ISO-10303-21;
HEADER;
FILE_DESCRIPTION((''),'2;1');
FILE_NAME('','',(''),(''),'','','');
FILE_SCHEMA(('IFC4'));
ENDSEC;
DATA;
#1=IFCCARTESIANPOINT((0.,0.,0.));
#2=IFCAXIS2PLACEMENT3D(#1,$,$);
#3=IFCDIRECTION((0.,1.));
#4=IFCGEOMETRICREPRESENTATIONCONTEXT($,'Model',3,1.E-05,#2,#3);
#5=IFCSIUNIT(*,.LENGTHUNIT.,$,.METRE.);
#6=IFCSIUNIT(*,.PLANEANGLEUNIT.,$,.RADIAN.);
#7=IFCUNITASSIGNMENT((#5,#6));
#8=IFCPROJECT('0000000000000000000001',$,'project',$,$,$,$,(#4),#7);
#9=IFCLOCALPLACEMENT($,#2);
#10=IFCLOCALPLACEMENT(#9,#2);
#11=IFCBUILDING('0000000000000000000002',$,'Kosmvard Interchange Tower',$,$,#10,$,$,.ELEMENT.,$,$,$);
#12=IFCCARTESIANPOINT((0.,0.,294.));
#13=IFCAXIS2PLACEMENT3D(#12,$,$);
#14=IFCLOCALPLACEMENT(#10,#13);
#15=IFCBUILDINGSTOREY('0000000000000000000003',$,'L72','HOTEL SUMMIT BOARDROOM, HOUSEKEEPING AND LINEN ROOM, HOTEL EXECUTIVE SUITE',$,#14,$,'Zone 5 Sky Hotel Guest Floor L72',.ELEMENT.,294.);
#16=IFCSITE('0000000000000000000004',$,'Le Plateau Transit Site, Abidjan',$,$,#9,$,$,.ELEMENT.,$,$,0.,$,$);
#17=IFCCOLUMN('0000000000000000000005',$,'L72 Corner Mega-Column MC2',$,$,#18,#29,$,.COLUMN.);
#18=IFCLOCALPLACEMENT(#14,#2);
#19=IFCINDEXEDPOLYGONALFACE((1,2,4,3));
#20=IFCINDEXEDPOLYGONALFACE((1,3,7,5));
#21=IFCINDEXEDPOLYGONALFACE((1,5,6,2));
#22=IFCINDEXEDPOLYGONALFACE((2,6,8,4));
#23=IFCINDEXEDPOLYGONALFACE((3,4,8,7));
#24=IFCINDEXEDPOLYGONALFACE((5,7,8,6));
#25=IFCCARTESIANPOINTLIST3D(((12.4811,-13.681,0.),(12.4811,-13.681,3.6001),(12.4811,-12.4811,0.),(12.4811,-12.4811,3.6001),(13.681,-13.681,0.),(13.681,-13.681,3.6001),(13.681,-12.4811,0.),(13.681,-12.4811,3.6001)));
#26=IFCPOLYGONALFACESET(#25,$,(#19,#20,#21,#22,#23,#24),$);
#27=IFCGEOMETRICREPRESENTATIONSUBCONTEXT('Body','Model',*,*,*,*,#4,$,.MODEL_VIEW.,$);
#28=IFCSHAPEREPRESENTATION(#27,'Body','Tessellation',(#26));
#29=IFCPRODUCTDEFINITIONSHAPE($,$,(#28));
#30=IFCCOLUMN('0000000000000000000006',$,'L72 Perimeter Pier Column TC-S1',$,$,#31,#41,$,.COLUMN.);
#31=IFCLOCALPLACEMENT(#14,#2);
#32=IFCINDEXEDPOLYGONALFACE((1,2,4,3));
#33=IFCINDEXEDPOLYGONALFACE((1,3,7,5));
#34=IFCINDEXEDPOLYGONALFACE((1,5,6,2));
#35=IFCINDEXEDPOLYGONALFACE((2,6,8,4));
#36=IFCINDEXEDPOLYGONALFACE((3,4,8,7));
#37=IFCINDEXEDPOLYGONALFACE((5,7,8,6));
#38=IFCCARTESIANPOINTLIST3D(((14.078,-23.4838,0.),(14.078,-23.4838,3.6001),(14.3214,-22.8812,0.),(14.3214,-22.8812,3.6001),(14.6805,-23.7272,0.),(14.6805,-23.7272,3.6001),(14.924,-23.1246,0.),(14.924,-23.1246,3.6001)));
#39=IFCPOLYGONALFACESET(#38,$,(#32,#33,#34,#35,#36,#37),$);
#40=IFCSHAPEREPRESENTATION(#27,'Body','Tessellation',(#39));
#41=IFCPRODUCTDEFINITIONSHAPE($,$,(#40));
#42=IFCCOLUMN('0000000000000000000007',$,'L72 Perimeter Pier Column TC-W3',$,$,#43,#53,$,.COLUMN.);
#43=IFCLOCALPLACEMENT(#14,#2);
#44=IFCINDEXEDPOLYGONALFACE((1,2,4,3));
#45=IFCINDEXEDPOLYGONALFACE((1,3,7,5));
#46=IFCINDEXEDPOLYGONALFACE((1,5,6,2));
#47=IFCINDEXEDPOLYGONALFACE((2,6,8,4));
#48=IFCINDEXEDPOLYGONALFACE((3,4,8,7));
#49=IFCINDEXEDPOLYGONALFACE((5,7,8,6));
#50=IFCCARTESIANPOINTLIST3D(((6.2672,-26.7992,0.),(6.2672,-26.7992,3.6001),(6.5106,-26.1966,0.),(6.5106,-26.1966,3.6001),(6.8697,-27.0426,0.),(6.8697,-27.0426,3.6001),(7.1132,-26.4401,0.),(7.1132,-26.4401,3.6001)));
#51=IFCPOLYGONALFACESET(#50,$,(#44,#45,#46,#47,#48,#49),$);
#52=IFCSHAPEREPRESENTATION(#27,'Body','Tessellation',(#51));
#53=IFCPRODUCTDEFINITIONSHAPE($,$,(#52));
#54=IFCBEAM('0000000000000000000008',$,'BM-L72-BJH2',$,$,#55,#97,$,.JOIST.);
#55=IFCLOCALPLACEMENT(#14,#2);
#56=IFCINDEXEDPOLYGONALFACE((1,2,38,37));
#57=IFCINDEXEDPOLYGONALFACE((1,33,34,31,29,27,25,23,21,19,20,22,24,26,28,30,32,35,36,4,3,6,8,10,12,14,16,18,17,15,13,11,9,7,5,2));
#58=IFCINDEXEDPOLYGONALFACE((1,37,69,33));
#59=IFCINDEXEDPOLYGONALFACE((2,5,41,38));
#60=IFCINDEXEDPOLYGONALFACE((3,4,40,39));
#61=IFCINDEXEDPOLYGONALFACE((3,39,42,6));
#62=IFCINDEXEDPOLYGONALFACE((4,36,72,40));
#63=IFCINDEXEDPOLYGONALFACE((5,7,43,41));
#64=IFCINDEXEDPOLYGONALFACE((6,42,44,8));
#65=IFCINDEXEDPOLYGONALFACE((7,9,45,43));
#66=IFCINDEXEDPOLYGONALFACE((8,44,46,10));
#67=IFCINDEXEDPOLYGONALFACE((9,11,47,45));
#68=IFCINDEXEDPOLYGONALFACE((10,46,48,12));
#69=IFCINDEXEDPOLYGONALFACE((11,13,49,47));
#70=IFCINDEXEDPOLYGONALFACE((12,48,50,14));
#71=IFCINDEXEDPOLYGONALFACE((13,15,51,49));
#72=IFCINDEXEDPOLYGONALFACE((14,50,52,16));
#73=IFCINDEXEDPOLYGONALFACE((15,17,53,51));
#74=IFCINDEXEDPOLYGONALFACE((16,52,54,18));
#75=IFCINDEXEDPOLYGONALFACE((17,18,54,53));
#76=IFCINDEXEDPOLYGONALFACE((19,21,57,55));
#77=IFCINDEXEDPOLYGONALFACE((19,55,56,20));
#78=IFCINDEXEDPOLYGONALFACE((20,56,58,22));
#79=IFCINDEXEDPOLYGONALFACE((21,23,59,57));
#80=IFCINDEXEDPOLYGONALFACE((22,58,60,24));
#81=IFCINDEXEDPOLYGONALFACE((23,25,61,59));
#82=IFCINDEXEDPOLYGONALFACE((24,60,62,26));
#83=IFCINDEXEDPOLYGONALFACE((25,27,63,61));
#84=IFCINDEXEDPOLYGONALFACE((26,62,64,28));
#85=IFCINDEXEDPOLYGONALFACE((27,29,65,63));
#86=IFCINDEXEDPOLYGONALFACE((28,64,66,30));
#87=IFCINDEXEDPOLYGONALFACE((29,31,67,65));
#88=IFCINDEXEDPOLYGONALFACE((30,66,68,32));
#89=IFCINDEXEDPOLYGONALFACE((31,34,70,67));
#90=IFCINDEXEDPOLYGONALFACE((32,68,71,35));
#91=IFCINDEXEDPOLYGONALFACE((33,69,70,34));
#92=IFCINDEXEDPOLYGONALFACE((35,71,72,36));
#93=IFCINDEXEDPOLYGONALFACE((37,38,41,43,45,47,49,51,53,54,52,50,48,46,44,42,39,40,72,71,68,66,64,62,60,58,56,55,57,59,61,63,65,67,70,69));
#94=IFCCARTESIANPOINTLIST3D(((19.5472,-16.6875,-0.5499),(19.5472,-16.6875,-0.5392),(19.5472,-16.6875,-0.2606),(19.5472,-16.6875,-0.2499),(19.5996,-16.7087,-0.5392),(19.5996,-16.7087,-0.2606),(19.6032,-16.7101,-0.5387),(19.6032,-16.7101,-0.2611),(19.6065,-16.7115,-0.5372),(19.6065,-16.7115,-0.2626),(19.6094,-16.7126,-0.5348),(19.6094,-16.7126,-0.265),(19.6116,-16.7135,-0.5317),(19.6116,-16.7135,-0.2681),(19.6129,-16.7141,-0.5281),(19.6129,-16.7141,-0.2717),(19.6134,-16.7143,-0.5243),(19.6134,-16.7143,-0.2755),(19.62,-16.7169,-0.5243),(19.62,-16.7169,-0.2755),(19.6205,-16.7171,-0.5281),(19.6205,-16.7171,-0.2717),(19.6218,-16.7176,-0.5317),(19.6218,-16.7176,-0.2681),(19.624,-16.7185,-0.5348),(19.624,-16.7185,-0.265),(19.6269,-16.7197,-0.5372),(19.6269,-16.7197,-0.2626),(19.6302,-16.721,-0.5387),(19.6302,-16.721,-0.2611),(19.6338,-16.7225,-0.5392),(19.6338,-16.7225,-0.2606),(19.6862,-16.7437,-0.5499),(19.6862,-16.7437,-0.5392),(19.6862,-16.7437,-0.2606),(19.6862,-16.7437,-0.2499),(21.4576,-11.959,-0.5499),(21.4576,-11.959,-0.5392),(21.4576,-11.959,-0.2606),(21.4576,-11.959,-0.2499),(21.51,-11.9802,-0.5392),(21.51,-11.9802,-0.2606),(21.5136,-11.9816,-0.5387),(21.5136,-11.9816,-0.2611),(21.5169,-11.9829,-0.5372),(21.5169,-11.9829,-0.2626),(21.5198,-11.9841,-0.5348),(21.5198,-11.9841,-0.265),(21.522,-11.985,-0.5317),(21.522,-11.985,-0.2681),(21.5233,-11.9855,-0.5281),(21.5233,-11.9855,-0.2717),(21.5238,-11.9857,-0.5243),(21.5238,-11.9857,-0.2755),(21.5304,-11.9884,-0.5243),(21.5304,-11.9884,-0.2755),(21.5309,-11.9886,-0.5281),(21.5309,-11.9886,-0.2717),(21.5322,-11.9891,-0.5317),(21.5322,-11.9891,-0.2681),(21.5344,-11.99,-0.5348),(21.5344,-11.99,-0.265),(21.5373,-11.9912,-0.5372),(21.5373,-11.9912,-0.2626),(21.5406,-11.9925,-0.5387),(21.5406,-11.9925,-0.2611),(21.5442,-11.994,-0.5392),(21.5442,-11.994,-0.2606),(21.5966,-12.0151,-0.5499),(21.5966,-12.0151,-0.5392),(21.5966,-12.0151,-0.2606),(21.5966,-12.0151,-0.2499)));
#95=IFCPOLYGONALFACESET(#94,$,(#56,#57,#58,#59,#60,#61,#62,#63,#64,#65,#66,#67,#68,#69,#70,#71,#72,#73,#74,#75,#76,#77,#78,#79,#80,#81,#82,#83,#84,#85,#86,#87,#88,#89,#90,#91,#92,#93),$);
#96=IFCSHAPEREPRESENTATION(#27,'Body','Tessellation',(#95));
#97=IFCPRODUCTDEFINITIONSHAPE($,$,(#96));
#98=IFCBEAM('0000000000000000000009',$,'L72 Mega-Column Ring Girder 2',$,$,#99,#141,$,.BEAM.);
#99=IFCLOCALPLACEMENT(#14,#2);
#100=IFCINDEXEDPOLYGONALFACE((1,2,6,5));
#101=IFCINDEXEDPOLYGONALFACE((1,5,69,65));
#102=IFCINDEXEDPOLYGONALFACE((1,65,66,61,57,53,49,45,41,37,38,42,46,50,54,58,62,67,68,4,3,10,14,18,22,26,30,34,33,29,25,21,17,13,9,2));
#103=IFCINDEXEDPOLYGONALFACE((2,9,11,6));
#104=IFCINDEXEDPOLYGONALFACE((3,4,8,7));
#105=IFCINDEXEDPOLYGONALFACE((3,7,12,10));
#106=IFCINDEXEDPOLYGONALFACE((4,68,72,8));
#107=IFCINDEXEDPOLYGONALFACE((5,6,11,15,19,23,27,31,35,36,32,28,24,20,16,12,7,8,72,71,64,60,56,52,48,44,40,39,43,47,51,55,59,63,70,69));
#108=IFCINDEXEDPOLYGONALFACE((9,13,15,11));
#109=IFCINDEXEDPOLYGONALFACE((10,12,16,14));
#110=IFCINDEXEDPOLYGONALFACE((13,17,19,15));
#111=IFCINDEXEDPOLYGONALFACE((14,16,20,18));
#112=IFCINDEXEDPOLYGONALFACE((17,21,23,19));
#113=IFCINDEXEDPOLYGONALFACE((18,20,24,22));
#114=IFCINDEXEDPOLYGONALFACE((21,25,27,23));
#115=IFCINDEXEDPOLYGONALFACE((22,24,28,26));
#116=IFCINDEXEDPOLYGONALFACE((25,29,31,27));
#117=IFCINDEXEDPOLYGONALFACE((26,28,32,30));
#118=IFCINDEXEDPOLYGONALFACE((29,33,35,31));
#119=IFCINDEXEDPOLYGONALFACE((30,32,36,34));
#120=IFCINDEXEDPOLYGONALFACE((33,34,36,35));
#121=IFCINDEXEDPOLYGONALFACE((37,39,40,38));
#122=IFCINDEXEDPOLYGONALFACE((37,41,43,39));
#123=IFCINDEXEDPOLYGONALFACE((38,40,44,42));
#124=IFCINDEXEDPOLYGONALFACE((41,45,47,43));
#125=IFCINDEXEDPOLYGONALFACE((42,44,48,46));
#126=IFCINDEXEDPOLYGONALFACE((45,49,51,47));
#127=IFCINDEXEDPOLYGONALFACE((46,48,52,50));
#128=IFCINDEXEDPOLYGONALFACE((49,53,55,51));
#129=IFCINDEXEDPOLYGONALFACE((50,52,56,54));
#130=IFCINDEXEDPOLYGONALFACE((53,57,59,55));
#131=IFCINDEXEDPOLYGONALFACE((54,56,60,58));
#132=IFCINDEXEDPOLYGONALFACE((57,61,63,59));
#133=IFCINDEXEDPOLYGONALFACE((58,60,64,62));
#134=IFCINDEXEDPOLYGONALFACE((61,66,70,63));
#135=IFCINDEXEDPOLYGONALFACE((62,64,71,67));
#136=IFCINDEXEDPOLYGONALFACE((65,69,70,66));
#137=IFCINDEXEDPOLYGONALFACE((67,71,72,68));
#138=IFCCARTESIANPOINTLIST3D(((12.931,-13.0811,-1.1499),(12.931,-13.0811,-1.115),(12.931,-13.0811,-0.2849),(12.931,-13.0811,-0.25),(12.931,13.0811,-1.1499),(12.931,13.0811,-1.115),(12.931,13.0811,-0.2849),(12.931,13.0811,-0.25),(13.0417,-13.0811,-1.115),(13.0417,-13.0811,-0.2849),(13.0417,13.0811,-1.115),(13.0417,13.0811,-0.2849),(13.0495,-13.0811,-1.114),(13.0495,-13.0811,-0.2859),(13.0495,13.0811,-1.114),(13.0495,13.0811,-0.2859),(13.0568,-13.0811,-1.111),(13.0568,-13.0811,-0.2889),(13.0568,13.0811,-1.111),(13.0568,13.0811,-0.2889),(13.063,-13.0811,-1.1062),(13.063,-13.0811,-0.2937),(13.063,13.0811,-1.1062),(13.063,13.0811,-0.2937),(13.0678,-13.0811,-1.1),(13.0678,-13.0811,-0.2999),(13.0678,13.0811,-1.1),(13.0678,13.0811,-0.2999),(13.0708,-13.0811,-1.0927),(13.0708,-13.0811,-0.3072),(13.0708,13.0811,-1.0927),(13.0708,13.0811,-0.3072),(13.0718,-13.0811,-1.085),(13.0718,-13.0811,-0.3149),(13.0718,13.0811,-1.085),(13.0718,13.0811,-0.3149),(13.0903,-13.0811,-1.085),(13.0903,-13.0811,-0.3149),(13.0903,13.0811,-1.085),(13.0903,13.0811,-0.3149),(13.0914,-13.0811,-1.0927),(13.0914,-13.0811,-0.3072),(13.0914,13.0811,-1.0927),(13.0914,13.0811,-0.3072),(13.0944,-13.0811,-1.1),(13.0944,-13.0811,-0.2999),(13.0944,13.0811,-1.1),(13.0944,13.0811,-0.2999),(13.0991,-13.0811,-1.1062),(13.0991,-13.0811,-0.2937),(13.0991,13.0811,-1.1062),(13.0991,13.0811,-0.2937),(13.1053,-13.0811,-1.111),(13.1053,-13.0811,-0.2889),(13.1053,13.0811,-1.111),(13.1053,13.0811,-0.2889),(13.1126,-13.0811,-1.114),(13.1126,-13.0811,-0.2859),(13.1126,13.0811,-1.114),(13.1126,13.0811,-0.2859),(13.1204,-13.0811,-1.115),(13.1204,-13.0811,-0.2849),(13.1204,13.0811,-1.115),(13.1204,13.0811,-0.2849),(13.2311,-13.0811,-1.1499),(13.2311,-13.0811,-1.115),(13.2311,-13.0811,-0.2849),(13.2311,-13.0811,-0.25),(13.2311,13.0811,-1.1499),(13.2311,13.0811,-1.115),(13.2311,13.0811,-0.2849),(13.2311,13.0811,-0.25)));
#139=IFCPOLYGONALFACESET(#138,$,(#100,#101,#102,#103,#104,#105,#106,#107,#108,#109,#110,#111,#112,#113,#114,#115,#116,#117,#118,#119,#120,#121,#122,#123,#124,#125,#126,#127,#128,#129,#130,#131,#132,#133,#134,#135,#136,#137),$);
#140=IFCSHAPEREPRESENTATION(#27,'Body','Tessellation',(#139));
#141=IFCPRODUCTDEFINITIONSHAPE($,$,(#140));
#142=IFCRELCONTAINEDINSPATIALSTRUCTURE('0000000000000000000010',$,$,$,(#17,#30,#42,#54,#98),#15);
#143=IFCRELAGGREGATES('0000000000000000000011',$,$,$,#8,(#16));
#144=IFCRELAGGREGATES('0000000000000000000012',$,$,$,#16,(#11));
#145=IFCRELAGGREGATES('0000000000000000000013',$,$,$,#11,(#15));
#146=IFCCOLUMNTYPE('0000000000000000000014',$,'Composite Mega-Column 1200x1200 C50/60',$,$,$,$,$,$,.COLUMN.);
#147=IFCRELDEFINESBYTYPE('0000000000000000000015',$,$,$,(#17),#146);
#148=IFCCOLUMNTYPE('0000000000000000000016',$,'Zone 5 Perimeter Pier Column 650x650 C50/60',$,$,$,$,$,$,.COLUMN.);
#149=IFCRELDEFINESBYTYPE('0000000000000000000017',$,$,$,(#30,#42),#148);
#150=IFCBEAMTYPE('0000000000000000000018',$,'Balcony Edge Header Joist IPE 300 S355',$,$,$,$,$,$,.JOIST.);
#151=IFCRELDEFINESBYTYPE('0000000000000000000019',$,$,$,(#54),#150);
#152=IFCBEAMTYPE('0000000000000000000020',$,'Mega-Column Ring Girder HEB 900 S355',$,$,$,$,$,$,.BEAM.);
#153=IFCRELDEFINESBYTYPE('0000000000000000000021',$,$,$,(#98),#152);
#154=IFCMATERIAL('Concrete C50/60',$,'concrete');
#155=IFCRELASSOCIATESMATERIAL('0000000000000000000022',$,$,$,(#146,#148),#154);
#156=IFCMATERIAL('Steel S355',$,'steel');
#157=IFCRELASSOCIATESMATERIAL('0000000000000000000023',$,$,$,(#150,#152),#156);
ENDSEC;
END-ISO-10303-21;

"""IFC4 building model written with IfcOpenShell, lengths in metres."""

from ifc_helpers import new_model, si_unit, direction, frame, origin, origin_2d, place, context, subcontext, project, spatial, rectangle, i_section, extrude, source, transform, mapped, material, material_profile, profile_set, type_object, element, save


model = new_model("IFC4")

# Units and contexts
model_context = context("Model", 3, precision=1e-05, world=origin(), true_north=direction((0.0, 1.0)))
body_context = subcontext(model_context, "Body", "Model", "MODEL_VIEW")
ifc_project = project(units=[si_unit("LENGTHUNIT", "METRE"), si_unit("PLANEANGLEUNIT", "RADIAN")], contexts=[model_context])

# Site, building, storey
site_placement = place(None, origin())
site = spatial("IfcSite", under=ifc_project, at=site_placement, Name="Le Plateau Transit Site, Abidjan", CompositionType="ELEMENT", RefElevation=0.0)
building_placement = place(site_placement, origin())
building = spatial("IfcBuilding", under=site, at=building_placement, Name="Kosmvard Interchange Tower", CompositionType="ELEMENT")
storey_placement = place(building_placement, frame((0.0, 0.0, 294.0)))
storey = spatial("IfcBuildingStorey", under=building, at=storey_placement, Name="L72", Description="HOTEL SUMMIT BOARDROOM, HOUSEKEEPING AND LINEN ROOM, HOTEL EXECUTIVE SUITE", LongName="Zone 5 Sky Hotel Guest Floor L72", CompositionType="ELEMENT", Elevation=294.0)

# Columns
ifc_material_1 = material(Name="Concrete C50/60", Category="concrete")
ifc_material_profile_1 = material_profile(ifc_material_1, rectangle(XDim=1.2, YDim=1.2, at=origin_2d()), Name="MC 1200x1200")
ifc_profile_set_1 = profile_set([ifc_material_profile_1], Name="Concrete C50/60")
column_type_1 = type_object("IfcColumnType", Name="Composite Mega-Column 1200x1200 C50/60", PredefinedType="COLUMN", material=ifc_profile_set_1)
shared_shape_1 = source(origin(), body_context, "Body", "SweptSolid", [
    extrude(rectangle(XDim=1.2, YDim=1.2, at=origin_2d()), origin(), (0.0, 0.0, 1.0), 3.6001),
])
column_placement = place(storey_placement, frame((13.0811, -13.0811, 0.0), z_axis=(0.0, 0.0, 1.0), x_axis=(1.0, 0.0, 0.0)))
element("IfcColumn", 1, at=column_placement, inside=storey, type_object=column_type_1, Name="L72 Corner Mega-Column MC2", PredefinedType="COLUMN", context=body_context, shape_type="MappedRepresentation", body=[
    mapped(shared_shape_1, transform((0.0, 0.0, 0.0), scale=1.0)),
])
ifc_material_profile_2 = material_profile(ifc_material_1, rectangle(XDim=0.6499, YDim=0.6499, at=origin_2d()), Name="TC 650x650")
ifc_profile_set_2 = profile_set([ifc_material_profile_2], Name="Concrete C50/60")
column_type_2 = type_object("IfcColumnType", Name="Zone 5 Perimeter Pier Column 650x650 C50/60", PredefinedType="COLUMN", material=ifc_profile_set_2)
shared_shape_2 = source(origin(), body_context, "Body", "SweptSolid", [
    extrude(rectangle(XDim=0.6499, YDim=0.6499, at=origin_2d()), origin(), (0.0, 0.0, 1.0), 3.6001),
])
for number, where, z_axis, x_axis, name in (
    (2, (14.501, -23.3042, 0.0), (0.0, 0.0, 1.0), (0.374607, 0.927184, 0.0), "L72 Perimeter Pier Column TC-S1"),
    (3, (6.6902, -26.6196, 0.0), (0.0, 0.0, 1.0), (0.374607, 0.927184, 0.0), "L72 Perimeter Pier Column TC-W3"),
):
    element("IfcColumn", number, at=place(storey_placement, frame(where, z_axis=z_axis, x_axis=x_axis)), inside=storey, type_object=column_type_2, Name=name, PredefinedType="COLUMN", context=body_context, shape_type="MappedRepresentation", body=[
        mapped(shared_shape_2, transform((0.0, 0.0, 0.0), scale=1.0)),
    ])

# Beams
ifc_material_2 = material(Name="Steel S355", Category="steel")
ifc_material_profile_3 = material_profile(ifc_material_2, i_section(OverallWidth=0.1499, OverallDepth=0.3, WebThickness=0.0071, FlangeThickness=0.0107, FilletRadius=0.0149, at=origin_2d()), Name="IPE 300")
ifc_profile_set_3 = profile_set([ifc_material_profile_3], Name="Steel S355")
beam_type_1 = type_object("IfcBeamType", Name="Balcony Edge Header Joist IPE 300 S355", PredefinedType="JOIST", material=ifc_profile_set_3)
shared_shape_3 = source(origin(), body_context, "Body", "SweptSolid", [
    extrude(i_section(OverallWidth=0.1499, OverallDepth=0.3, WebThickness=0.0071, FlangeThickness=0.0107, FilletRadius=0.0149, at=origin_2d()), origin(), (0.0, 0.0, 1.0), 5.0999),
])
beam_1_placement = place(storey_placement, frame((19.6167, -16.7156, -0.3999), z_axis=(0.374599, 0.927187, 0.0), x_axis=(-0.927187, 0.374599, 0.0)))
element("IfcBeam", 4, at=beam_1_placement, inside=storey, type_object=beam_type_1, Name="BM-L72-BJH2", PredefinedType="JOIST", context=body_context, shape_type="MappedRepresentation", body=[
    mapped(shared_shape_3, transform((0.0, 0.0, 0.0), scale=1.0)),
])
ifc_material_profile_4 = material_profile(ifc_material_2, i_section(OverallWidth=0.3, OverallDepth=0.8999, WebThickness=0.0186, FlangeThickness=0.0349, FilletRadius=0.03, at=origin_2d()), Name="HEB 900")
ifc_profile_set_4 = profile_set([ifc_material_profile_4], Name="Steel S355")
beam_type_2 = type_object("IfcBeamType", Name="Mega-Column Ring Girder HEB 900 S355", PredefinedType="BEAM", material=ifc_profile_set_4)
shared_shape_4 = source(origin(), body_context, "Body", "SweptSolid", [
    extrude(i_section(OverallWidth=0.3, OverallDepth=0.8999, WebThickness=0.0186, FlangeThickness=0.0349, FilletRadius=0.03, at=origin_2d()), origin(), (0.0, 0.0, 1.0), 26.1621),
])
beam_2_placement = place(storey_placement, frame((13.0811, -13.0811, -0.7), z_axis=(0.0, 1.0, 0.0), x_axis=(-1.0, 0.0, 0.0)))
element("IfcBeam", 5, at=beam_2_placement, inside=storey, type_object=beam_type_2, Name="L72 Mega-Column Ring Girder 2", PredefinedType="BEAM", context=body_context, shape_type="MappedRepresentation", body=[
    mapped(shared_shape_4, transform((0.0, 0.0, 0.0), scale=1.0)),
])

save(model, "model.ifc")
